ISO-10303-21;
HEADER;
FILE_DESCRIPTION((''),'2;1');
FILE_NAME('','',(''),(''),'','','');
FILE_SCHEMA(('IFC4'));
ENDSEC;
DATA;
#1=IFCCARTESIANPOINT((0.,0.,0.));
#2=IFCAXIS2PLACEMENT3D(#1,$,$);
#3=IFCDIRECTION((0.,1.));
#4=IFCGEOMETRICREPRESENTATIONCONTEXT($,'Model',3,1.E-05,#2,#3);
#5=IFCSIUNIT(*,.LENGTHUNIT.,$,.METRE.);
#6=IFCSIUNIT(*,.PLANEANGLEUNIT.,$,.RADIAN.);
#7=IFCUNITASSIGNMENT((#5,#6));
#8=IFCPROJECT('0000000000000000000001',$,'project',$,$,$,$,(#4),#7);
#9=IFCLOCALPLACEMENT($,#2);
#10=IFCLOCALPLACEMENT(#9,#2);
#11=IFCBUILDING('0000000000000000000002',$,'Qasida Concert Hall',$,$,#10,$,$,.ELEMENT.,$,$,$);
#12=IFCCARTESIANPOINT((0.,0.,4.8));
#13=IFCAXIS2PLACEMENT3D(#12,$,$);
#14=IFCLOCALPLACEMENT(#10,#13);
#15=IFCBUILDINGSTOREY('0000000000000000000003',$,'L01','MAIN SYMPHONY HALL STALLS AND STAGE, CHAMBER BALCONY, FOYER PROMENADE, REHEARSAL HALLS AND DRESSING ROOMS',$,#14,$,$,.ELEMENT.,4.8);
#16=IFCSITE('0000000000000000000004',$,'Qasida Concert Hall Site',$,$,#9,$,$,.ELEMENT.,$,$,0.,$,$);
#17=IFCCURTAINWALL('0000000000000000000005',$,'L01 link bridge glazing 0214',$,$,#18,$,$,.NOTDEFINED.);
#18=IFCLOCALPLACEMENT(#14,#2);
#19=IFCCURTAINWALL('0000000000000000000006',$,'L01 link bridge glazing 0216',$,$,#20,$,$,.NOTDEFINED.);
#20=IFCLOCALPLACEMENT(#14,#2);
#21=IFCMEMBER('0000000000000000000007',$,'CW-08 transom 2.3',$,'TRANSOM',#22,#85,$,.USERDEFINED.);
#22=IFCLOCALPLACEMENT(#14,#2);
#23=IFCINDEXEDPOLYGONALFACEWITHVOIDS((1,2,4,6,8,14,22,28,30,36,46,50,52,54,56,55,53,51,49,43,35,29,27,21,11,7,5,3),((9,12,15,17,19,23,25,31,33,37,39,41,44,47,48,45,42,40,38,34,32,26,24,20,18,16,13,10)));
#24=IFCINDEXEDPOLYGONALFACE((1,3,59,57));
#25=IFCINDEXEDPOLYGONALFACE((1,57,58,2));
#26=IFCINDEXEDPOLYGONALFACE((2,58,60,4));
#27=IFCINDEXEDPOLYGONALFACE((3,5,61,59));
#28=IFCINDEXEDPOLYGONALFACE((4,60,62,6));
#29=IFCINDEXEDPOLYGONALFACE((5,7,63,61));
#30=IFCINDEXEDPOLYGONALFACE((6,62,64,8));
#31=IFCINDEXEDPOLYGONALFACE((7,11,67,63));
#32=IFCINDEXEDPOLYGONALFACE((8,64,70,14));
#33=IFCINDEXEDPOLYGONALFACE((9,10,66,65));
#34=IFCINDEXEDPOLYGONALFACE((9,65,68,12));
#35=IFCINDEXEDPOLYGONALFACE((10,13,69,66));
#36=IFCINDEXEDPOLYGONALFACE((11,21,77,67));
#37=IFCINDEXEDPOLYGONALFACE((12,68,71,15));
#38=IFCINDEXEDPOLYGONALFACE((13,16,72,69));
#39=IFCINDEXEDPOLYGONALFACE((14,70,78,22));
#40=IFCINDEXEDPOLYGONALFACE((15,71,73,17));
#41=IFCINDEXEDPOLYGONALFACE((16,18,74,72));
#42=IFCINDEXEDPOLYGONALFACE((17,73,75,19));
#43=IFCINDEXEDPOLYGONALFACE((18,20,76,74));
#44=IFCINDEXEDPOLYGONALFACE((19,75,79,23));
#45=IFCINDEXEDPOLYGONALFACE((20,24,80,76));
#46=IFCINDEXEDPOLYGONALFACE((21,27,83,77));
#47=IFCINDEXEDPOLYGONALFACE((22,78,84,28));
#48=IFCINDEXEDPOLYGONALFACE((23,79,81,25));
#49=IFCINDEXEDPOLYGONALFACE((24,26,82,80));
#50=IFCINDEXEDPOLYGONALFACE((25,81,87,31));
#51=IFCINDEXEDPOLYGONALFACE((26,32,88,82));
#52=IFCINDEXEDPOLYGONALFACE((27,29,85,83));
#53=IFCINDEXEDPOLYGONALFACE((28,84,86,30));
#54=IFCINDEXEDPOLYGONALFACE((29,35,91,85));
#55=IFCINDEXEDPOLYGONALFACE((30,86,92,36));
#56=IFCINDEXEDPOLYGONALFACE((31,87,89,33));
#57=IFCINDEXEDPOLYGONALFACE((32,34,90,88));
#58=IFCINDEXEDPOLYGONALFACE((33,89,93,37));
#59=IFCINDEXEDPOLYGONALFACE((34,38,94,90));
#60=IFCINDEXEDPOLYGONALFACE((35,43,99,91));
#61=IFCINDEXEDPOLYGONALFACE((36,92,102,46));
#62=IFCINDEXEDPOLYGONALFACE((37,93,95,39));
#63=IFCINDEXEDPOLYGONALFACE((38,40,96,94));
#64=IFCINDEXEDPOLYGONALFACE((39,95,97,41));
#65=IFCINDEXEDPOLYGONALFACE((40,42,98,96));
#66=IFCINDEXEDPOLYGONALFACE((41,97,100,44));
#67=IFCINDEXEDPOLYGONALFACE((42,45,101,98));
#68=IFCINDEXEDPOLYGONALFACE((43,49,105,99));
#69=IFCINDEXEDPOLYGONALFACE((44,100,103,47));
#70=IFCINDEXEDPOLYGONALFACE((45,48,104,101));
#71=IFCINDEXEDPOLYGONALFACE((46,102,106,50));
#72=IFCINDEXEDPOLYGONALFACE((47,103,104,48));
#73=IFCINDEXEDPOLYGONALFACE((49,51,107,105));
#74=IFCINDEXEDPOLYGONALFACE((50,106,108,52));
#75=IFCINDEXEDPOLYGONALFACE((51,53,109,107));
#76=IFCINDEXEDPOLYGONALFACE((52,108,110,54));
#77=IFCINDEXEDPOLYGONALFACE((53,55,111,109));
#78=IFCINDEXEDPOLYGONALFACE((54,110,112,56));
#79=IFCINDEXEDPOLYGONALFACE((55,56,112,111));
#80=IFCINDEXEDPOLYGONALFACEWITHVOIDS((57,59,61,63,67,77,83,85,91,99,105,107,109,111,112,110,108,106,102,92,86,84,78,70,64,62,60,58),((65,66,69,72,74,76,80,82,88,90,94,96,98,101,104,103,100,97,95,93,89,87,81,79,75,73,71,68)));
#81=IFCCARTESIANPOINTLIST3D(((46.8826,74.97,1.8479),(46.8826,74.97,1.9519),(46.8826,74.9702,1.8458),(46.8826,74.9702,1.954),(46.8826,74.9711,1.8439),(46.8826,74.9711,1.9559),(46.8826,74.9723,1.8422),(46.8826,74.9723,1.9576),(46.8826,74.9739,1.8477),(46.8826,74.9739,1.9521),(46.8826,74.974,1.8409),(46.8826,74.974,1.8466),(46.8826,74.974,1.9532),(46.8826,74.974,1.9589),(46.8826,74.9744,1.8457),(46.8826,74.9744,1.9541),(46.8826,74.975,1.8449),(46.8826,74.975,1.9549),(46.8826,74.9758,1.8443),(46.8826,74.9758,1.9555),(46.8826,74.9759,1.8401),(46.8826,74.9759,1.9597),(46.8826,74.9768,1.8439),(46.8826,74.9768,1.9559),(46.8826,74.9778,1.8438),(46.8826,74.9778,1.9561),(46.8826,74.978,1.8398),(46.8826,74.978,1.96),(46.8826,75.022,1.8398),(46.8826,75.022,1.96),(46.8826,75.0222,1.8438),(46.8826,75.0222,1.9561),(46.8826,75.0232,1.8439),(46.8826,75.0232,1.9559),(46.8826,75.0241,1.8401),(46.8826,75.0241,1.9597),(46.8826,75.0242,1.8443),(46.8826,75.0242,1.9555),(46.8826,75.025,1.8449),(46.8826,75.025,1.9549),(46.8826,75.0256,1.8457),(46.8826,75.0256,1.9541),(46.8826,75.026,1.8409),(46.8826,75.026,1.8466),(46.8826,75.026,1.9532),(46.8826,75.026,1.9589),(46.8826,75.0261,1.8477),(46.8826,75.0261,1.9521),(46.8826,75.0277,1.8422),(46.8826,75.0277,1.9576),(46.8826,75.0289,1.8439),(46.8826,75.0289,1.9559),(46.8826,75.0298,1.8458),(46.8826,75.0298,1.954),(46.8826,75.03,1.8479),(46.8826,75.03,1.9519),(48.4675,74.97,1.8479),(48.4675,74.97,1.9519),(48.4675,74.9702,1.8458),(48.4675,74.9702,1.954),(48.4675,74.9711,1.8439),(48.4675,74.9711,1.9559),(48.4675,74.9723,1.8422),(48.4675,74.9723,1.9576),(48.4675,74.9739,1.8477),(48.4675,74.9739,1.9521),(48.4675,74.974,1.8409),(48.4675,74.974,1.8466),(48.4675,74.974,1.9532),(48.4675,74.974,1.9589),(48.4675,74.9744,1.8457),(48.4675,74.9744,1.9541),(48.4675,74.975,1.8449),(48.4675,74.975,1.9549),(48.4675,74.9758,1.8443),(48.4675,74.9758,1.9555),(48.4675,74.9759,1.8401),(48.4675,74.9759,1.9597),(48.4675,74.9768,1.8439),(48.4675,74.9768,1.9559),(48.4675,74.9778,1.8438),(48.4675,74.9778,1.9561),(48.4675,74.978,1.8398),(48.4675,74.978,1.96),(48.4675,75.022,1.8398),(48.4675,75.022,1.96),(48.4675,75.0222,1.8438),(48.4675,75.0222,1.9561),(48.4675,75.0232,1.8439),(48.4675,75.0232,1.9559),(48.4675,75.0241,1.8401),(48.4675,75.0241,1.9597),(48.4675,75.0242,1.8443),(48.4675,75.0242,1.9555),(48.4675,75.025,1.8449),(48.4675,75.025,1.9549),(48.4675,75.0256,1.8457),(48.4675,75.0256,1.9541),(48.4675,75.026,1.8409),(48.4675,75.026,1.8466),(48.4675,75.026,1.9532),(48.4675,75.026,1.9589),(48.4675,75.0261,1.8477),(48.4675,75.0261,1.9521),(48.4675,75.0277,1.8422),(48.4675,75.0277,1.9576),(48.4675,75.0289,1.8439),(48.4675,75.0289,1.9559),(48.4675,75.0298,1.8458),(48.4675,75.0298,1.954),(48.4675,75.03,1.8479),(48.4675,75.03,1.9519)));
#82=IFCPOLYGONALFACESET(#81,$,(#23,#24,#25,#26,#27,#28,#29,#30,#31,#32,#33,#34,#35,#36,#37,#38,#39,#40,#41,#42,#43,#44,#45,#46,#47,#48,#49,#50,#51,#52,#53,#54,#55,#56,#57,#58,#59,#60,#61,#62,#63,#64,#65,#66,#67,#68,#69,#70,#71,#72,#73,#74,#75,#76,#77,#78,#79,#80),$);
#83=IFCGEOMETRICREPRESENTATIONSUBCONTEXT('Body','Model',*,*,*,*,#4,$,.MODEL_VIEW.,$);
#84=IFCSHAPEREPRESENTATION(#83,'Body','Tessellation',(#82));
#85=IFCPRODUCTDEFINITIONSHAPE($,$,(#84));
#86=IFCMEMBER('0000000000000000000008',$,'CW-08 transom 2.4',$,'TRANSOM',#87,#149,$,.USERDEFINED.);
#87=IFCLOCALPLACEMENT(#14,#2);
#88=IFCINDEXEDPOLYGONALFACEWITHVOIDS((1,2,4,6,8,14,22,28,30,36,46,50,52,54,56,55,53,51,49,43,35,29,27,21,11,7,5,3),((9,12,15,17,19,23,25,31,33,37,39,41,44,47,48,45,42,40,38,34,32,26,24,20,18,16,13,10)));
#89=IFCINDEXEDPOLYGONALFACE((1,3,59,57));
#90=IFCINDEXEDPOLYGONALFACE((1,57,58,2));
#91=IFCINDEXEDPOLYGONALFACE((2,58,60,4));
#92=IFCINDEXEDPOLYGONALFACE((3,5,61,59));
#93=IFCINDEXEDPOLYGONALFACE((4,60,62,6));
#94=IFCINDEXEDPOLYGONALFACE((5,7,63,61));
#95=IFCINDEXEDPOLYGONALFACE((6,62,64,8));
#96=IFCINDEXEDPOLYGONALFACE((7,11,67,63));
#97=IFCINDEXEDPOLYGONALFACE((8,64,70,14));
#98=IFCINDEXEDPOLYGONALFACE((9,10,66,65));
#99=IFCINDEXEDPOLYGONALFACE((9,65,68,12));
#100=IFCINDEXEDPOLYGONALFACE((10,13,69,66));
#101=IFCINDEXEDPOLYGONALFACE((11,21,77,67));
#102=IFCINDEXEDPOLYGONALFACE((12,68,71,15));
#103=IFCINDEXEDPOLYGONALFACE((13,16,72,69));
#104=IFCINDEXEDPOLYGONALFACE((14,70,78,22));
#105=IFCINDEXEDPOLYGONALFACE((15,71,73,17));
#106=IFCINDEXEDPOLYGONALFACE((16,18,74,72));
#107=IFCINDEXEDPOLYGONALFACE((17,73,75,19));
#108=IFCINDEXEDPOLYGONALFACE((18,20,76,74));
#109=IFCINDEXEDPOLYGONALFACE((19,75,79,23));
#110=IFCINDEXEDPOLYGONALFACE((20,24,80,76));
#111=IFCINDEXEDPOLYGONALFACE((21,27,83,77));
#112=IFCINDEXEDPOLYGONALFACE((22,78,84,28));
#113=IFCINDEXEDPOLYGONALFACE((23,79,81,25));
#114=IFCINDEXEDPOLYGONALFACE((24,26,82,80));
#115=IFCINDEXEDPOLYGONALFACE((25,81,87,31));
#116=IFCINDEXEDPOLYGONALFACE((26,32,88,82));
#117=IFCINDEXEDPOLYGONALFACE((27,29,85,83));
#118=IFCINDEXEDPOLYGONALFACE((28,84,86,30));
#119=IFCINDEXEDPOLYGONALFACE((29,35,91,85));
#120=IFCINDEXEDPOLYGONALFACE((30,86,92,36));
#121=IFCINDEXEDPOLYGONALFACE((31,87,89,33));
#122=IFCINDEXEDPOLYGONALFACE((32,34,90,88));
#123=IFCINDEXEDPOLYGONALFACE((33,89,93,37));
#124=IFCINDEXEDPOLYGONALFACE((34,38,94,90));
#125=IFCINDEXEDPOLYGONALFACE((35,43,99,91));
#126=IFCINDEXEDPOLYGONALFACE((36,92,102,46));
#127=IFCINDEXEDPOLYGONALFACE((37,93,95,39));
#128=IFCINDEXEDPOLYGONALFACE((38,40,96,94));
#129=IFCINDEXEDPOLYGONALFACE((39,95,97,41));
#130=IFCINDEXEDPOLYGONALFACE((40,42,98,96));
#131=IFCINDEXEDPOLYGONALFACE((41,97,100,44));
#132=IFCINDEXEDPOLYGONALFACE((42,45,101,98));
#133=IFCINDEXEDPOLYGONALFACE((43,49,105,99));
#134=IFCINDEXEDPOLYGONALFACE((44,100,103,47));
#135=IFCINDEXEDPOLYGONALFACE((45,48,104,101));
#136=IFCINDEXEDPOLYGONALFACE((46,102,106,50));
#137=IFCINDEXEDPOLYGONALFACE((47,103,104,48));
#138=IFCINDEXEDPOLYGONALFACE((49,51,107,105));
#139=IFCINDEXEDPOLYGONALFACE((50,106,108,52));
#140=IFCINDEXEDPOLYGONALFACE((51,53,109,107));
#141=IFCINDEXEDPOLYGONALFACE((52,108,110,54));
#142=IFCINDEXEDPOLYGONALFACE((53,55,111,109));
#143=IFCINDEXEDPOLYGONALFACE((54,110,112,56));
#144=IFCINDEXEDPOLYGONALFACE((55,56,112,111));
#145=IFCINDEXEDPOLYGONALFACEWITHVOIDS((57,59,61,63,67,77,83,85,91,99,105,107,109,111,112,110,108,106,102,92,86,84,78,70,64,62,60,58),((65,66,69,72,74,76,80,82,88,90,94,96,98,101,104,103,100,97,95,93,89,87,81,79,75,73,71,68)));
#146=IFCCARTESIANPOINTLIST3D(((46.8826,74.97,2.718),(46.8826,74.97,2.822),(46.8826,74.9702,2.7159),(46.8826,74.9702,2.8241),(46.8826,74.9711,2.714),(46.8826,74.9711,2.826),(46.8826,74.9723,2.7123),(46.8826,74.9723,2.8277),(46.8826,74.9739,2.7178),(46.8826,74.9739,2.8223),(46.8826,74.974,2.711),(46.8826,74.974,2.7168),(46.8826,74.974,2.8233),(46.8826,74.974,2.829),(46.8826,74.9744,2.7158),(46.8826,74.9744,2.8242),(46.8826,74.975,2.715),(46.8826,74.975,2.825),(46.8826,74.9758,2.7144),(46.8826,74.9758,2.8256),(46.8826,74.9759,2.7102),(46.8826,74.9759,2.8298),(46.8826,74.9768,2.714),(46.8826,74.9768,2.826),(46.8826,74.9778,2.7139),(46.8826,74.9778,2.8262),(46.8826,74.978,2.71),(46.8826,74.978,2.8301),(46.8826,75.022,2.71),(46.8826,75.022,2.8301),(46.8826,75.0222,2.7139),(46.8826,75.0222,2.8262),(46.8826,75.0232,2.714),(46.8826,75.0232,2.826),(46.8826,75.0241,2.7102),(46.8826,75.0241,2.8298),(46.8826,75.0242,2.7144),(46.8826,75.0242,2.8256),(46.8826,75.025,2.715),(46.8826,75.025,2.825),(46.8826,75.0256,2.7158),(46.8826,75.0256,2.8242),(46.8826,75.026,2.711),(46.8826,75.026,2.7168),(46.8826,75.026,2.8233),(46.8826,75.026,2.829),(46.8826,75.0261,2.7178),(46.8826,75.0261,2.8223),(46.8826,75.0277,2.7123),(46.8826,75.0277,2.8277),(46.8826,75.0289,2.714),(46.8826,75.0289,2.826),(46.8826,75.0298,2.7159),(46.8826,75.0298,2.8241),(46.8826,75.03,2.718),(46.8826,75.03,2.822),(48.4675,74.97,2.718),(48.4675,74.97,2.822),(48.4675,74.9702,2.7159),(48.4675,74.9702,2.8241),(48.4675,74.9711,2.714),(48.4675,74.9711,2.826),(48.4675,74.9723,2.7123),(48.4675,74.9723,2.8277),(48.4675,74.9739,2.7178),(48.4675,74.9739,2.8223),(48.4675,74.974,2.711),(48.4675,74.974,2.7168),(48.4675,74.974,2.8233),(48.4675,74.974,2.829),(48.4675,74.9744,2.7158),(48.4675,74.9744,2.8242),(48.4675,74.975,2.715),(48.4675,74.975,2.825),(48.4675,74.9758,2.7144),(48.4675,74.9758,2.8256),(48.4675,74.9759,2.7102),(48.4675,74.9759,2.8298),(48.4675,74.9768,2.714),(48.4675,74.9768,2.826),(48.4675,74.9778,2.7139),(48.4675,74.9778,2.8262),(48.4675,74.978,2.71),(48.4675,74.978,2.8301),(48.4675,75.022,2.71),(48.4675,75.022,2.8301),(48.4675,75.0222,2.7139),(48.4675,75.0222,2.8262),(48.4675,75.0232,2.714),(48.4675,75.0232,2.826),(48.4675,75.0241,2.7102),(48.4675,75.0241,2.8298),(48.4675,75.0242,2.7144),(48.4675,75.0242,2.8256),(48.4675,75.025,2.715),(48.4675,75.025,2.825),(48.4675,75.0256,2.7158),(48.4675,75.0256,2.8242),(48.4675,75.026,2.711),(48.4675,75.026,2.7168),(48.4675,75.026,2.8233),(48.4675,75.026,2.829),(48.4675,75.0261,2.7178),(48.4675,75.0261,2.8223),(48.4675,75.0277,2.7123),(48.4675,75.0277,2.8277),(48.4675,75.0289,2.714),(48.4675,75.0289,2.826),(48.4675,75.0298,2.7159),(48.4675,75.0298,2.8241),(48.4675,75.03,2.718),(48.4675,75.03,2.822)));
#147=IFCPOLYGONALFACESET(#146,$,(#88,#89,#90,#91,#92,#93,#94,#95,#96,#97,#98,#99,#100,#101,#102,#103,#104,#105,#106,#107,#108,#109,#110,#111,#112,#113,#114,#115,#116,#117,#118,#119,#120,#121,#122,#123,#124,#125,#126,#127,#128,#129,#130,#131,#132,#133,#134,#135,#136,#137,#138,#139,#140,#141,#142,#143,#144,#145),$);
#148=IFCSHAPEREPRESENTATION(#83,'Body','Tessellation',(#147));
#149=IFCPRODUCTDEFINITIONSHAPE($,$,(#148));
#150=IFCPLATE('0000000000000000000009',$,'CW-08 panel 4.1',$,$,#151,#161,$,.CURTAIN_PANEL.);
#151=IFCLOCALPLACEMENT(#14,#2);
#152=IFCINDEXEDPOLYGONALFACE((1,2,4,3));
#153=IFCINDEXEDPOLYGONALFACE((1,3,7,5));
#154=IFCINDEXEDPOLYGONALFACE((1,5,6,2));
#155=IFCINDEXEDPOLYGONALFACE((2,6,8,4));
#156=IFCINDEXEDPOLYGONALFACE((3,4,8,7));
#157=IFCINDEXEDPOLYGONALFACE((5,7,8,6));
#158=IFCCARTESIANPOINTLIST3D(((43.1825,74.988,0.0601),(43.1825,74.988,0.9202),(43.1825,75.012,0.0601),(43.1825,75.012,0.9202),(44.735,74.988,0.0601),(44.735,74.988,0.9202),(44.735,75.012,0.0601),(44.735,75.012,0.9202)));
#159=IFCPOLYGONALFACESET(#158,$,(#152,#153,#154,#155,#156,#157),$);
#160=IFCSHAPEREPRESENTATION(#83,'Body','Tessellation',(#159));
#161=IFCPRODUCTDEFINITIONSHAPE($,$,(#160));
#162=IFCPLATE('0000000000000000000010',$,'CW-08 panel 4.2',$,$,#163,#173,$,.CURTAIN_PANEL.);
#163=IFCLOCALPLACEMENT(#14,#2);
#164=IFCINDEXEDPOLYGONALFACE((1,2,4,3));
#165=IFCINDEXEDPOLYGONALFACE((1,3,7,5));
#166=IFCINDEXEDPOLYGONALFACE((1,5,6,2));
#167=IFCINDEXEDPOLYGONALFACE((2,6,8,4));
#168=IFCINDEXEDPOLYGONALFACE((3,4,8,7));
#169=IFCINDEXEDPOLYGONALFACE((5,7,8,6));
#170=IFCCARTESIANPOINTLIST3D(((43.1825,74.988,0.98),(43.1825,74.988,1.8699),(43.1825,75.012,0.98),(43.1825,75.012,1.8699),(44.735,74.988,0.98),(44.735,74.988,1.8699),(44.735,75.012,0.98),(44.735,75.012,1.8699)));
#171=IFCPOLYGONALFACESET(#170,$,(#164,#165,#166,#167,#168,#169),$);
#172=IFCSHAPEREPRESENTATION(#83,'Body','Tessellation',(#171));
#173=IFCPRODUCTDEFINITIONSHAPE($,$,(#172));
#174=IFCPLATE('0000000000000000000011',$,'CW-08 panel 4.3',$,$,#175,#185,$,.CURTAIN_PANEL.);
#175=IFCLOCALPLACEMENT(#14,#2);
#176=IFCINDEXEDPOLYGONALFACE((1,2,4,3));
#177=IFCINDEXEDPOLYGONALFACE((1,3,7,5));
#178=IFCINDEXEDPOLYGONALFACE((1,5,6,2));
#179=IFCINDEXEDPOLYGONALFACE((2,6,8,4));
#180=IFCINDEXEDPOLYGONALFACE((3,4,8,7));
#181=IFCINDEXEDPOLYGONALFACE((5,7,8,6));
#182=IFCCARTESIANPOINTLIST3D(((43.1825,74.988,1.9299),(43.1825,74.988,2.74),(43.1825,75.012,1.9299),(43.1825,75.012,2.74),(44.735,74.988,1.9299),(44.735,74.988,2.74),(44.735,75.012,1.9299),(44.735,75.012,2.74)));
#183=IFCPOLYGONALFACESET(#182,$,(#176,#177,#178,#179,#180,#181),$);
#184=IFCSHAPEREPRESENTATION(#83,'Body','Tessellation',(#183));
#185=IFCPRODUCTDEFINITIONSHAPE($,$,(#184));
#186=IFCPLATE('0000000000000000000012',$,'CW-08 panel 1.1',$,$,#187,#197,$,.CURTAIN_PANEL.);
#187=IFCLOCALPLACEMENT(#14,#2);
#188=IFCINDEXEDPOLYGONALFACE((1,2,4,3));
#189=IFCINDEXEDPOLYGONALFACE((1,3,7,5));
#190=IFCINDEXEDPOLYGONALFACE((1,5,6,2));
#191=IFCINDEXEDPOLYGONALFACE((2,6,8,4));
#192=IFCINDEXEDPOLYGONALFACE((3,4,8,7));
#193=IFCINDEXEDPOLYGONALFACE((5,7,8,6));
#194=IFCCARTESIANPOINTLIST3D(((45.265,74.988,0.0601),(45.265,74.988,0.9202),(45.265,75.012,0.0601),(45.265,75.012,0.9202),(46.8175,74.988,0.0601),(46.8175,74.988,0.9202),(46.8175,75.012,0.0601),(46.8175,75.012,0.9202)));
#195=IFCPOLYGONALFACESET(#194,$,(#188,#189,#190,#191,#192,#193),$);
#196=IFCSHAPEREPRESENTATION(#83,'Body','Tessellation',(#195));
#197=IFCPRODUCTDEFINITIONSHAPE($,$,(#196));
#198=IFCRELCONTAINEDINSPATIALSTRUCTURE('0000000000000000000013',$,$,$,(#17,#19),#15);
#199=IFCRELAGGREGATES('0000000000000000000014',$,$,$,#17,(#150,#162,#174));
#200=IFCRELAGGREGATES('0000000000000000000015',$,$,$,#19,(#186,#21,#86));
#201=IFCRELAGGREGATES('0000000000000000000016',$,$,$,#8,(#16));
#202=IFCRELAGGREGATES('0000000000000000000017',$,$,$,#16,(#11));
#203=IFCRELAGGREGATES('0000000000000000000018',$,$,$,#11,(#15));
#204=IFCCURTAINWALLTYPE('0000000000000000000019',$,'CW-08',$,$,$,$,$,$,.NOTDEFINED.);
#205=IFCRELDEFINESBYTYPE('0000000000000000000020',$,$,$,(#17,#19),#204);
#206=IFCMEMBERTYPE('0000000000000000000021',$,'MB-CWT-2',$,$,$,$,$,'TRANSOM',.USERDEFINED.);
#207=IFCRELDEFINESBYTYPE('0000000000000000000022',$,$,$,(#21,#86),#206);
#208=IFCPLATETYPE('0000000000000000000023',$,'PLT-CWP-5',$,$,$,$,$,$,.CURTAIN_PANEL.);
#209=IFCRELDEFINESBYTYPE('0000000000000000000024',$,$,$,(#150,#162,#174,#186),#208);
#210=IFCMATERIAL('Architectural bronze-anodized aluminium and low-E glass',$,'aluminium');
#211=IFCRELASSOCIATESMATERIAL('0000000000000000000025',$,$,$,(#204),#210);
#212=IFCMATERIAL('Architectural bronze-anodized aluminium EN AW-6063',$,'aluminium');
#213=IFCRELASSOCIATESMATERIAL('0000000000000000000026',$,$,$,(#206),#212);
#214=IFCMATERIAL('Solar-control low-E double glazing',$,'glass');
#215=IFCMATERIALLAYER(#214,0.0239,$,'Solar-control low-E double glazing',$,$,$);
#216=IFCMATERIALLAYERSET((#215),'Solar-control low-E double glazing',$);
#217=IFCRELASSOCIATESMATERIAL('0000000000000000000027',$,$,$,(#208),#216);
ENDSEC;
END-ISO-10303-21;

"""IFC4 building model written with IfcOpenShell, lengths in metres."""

from ifc_helpers import new_model, si_unit, direction, frame, origin, origin_2d, place, context, subcontext, project, spatial, rectangle, hollow_rectangle, extrude, material, layer, layer_set, material_profile, profile_set, type_object, element, aggregate, save


model = new_model("IFC4")

# Units and contexts
model_context = context("Model", 3, precision=1e-05, world=origin(), true_north=direction((0.0, 1.0)))
body_context = subcontext(model_context, "Body", "Model", "MODEL_VIEW")
ifc_project = project(units=[si_unit("LENGTHUNIT", "METRE"), si_unit("PLANEANGLEUNIT", "RADIAN")], contexts=[model_context])

# Site, building, storey
site_placement = place(None, origin())
site = spatial("IfcSite", under=ifc_project, at=site_placement, Name="Qasida Concert Hall Site", CompositionType="ELEMENT", RefElevation=0.0)
building_placement = place(site_placement, origin())
building = spatial("IfcBuilding", under=site, at=building_placement, Name="Qasida Concert Hall", CompositionType="ELEMENT")
storey_placement = place(building_placement, frame((0.0, 0.0, 4.8)))
storey = spatial("IfcBuildingStorey", under=building, at=storey_placement, Name="L01", Description="MAIN SYMPHONY HALL STALLS AND STAGE, CHAMBER BALCONY, FOYER PROMENADE, REHEARSAL HALLS AND DRESSING ROOMS", CompositionType="ELEMENT", Elevation=4.8)

# Curtain wall
ifc_material_1 = material(Name="Architectural bronze-anodized aluminium and low-E glass", Category="aluminium")
curtain_wall_type = type_object("IfcCurtainWallType", Name="CW-08", PredefinedType="NOTDEFINED", material=ifc_material_1)
curtain_wall_1_placement = place(storey_placement, origin())
curtain_wall_1 = element("IfcCurtainWall", 1, at=curtain_wall_1_placement, inside=storey, type_object=curtain_wall_type, Name="L01 link bridge glazing 0214", PredefinedType="NOTDEFINED")
ifc_material_2 = material(Name="Architectural bronze-anodized aluminium EN AW-6063", Category="aluminium")

# Curtain wall
curtain_wall_2_placement = place(storey_placement, origin())
curtain_wall_2 = element("IfcCurtainWall", 2, at=curtain_wall_2_placement, inside=storey, type_object=curtain_wall_type, Name="L01 link bridge glazing 0216", PredefinedType="NOTDEFINED")

# Members
ifc_material_profile_1 = material_profile(ifc_material_2, hollow_rectangle(XDim=0.0601, YDim=0.1201, WallThickness=0.0039, InnerFilletRadius=0.0039, OuterFilletRadius=0.0081, at=origin_2d()), Name="CWT 120x60x4")
ifc_profile_set_1 = profile_set([ifc_material_profile_1], Name="Architectural bronze-anodized aluminium EN AW-6063")
member_type_1 = type_object("IfcMemberType", Name="MB-CWT-2", ElementType="TRANSOM", PredefinedType="USERDEFINED", material=ifc_profile_set_1)
member_1_placement = place(storey_placement, frame((46.8826, 75.0, 1.8999), z_axis=(1.0, 0.0, 0.0), x_axis=(0.0, 1.0, 0.0)))
member_1 = element("IfcMember", 3, at=member_1_placement, type_object=member_type_1, Name="CW-08 transom 2.3", ObjectType="TRANSOM", PredefinedType="USERDEFINED", context=body_context, shape_type="SweptSolid", body=[
    extrude(hollow_rectangle(XDim=0.0601, YDim=0.1201, WallThickness=0.0039, InnerFilletRadius=0.0039, OuterFilletRadius=0.0081, at=origin_2d()), origin(), (0.0, 0.0, 1.0), 1.585),
])
member_2_placement = place(storey_placement, frame((46.8826, 75.0, 2.77), z_axis=(1.0, 0.0, 0.0), x_axis=(0.0, 1.0, 0.0)))
member_2 = element("IfcMember", 4, at=member_2_placement, type_object=member_type_1, Name="CW-08 transom 2.4", ObjectType="TRANSOM", PredefinedType="USERDEFINED", context=body_context, shape_type="SweptSolid", body=[
    extrude(hollow_rectangle(XDim=0.0601, YDim=0.1201, WallThickness=0.0039, InnerFilletRadius=0.0039, OuterFilletRadius=0.0081, at=origin_2d()), origin(), (0.0, 0.0, 1.0), 1.585),
])

# Plates
ifc_material_3 = material(Name="Solar-control low-E double glazing", Category="glass")
ifc_layer = layer(ifc_material_3, 0.0239, Name="Solar-control low-E double glazing")
ifc_layer_set = layer_set([ifc_layer], Name="Solar-control low-E double glazing")
plate_type = type_object("IfcPlateType", Name="PLT-CWP-5", PredefinedType="CURTAIN_PANEL", material=ifc_layer_set)
plate_1_placement = place(storey_placement, frame((43.9587, 75.0, 0.0601), z_axis=(0.0, 0.0, 1.0), x_axis=(1.0, 0.0, 0.0)))
plate_1 = element("IfcPlate", 5, at=plate_1_placement, type_object=plate_type, Name="CW-08 panel 4.1", PredefinedType="CURTAIN_PANEL", context=body_context, shape_type="SweptSolid", body=[
    extrude(rectangle(XDim=1.5525, YDim=0.0239, at=origin_2d()), origin(), (0.0, 0.0, 1.0), 0.8601),
])
plate_2_placement = place(storey_placement, frame((43.9587, 75.0, 0.98), z_axis=(0.0, 0.0, 1.0), x_axis=(1.0, 0.0, 0.0)))
plate_2 = element("IfcPlate", 6, at=plate_2_placement, type_object=plate_type, Name="CW-08 panel 4.2", PredefinedType="CURTAIN_PANEL", context=body_context, shape_type="SweptSolid", body=[
    extrude(rectangle(XDim=1.5525, YDim=0.0239, at=origin_2d()), origin(), (0.0, 0.0, 1.0), 0.8899),
])
plate_3_placement = place(storey_placement, frame((43.9587, 75.0, 1.9299), z_axis=(0.0, 0.0, 1.0), x_axis=(1.0, 0.0, 0.0)))
plate_3 = element("IfcPlate", 7, at=plate_3_placement, type_object=plate_type, Name="CW-08 panel 4.3", PredefinedType="CURTAIN_PANEL", context=body_context, shape_type="SweptSolid", body=[
    extrude(rectangle(XDim=1.5525, YDim=0.0239, at=origin_2d()), origin(), (0.0, 0.0, 1.0), 0.8101),
])
aggregate(curtain_wall_1, [plate_1, plate_2, plate_3])
plate_4_placement = place(storey_placement, frame((46.0413, 75.0, 0.0601), z_axis=(0.0, 0.0, 1.0), x_axis=(1.0, 0.0, 0.0)))
plate_4 = element("IfcPlate", 8, at=plate_4_placement, type_object=plate_type, Name="CW-08 panel 1.1", PredefinedType="CURTAIN_PANEL", context=body_context, shape_type="SweptSolid", body=[
    extrude(rectangle(XDim=1.5525, YDim=0.0239, at=origin_2d()), origin(), (0.0, 0.0, 1.0), 0.8601),
])
aggregate(curtain_wall_2, [plate_4, member_1, member_2])

save(model, "model.ifc")
